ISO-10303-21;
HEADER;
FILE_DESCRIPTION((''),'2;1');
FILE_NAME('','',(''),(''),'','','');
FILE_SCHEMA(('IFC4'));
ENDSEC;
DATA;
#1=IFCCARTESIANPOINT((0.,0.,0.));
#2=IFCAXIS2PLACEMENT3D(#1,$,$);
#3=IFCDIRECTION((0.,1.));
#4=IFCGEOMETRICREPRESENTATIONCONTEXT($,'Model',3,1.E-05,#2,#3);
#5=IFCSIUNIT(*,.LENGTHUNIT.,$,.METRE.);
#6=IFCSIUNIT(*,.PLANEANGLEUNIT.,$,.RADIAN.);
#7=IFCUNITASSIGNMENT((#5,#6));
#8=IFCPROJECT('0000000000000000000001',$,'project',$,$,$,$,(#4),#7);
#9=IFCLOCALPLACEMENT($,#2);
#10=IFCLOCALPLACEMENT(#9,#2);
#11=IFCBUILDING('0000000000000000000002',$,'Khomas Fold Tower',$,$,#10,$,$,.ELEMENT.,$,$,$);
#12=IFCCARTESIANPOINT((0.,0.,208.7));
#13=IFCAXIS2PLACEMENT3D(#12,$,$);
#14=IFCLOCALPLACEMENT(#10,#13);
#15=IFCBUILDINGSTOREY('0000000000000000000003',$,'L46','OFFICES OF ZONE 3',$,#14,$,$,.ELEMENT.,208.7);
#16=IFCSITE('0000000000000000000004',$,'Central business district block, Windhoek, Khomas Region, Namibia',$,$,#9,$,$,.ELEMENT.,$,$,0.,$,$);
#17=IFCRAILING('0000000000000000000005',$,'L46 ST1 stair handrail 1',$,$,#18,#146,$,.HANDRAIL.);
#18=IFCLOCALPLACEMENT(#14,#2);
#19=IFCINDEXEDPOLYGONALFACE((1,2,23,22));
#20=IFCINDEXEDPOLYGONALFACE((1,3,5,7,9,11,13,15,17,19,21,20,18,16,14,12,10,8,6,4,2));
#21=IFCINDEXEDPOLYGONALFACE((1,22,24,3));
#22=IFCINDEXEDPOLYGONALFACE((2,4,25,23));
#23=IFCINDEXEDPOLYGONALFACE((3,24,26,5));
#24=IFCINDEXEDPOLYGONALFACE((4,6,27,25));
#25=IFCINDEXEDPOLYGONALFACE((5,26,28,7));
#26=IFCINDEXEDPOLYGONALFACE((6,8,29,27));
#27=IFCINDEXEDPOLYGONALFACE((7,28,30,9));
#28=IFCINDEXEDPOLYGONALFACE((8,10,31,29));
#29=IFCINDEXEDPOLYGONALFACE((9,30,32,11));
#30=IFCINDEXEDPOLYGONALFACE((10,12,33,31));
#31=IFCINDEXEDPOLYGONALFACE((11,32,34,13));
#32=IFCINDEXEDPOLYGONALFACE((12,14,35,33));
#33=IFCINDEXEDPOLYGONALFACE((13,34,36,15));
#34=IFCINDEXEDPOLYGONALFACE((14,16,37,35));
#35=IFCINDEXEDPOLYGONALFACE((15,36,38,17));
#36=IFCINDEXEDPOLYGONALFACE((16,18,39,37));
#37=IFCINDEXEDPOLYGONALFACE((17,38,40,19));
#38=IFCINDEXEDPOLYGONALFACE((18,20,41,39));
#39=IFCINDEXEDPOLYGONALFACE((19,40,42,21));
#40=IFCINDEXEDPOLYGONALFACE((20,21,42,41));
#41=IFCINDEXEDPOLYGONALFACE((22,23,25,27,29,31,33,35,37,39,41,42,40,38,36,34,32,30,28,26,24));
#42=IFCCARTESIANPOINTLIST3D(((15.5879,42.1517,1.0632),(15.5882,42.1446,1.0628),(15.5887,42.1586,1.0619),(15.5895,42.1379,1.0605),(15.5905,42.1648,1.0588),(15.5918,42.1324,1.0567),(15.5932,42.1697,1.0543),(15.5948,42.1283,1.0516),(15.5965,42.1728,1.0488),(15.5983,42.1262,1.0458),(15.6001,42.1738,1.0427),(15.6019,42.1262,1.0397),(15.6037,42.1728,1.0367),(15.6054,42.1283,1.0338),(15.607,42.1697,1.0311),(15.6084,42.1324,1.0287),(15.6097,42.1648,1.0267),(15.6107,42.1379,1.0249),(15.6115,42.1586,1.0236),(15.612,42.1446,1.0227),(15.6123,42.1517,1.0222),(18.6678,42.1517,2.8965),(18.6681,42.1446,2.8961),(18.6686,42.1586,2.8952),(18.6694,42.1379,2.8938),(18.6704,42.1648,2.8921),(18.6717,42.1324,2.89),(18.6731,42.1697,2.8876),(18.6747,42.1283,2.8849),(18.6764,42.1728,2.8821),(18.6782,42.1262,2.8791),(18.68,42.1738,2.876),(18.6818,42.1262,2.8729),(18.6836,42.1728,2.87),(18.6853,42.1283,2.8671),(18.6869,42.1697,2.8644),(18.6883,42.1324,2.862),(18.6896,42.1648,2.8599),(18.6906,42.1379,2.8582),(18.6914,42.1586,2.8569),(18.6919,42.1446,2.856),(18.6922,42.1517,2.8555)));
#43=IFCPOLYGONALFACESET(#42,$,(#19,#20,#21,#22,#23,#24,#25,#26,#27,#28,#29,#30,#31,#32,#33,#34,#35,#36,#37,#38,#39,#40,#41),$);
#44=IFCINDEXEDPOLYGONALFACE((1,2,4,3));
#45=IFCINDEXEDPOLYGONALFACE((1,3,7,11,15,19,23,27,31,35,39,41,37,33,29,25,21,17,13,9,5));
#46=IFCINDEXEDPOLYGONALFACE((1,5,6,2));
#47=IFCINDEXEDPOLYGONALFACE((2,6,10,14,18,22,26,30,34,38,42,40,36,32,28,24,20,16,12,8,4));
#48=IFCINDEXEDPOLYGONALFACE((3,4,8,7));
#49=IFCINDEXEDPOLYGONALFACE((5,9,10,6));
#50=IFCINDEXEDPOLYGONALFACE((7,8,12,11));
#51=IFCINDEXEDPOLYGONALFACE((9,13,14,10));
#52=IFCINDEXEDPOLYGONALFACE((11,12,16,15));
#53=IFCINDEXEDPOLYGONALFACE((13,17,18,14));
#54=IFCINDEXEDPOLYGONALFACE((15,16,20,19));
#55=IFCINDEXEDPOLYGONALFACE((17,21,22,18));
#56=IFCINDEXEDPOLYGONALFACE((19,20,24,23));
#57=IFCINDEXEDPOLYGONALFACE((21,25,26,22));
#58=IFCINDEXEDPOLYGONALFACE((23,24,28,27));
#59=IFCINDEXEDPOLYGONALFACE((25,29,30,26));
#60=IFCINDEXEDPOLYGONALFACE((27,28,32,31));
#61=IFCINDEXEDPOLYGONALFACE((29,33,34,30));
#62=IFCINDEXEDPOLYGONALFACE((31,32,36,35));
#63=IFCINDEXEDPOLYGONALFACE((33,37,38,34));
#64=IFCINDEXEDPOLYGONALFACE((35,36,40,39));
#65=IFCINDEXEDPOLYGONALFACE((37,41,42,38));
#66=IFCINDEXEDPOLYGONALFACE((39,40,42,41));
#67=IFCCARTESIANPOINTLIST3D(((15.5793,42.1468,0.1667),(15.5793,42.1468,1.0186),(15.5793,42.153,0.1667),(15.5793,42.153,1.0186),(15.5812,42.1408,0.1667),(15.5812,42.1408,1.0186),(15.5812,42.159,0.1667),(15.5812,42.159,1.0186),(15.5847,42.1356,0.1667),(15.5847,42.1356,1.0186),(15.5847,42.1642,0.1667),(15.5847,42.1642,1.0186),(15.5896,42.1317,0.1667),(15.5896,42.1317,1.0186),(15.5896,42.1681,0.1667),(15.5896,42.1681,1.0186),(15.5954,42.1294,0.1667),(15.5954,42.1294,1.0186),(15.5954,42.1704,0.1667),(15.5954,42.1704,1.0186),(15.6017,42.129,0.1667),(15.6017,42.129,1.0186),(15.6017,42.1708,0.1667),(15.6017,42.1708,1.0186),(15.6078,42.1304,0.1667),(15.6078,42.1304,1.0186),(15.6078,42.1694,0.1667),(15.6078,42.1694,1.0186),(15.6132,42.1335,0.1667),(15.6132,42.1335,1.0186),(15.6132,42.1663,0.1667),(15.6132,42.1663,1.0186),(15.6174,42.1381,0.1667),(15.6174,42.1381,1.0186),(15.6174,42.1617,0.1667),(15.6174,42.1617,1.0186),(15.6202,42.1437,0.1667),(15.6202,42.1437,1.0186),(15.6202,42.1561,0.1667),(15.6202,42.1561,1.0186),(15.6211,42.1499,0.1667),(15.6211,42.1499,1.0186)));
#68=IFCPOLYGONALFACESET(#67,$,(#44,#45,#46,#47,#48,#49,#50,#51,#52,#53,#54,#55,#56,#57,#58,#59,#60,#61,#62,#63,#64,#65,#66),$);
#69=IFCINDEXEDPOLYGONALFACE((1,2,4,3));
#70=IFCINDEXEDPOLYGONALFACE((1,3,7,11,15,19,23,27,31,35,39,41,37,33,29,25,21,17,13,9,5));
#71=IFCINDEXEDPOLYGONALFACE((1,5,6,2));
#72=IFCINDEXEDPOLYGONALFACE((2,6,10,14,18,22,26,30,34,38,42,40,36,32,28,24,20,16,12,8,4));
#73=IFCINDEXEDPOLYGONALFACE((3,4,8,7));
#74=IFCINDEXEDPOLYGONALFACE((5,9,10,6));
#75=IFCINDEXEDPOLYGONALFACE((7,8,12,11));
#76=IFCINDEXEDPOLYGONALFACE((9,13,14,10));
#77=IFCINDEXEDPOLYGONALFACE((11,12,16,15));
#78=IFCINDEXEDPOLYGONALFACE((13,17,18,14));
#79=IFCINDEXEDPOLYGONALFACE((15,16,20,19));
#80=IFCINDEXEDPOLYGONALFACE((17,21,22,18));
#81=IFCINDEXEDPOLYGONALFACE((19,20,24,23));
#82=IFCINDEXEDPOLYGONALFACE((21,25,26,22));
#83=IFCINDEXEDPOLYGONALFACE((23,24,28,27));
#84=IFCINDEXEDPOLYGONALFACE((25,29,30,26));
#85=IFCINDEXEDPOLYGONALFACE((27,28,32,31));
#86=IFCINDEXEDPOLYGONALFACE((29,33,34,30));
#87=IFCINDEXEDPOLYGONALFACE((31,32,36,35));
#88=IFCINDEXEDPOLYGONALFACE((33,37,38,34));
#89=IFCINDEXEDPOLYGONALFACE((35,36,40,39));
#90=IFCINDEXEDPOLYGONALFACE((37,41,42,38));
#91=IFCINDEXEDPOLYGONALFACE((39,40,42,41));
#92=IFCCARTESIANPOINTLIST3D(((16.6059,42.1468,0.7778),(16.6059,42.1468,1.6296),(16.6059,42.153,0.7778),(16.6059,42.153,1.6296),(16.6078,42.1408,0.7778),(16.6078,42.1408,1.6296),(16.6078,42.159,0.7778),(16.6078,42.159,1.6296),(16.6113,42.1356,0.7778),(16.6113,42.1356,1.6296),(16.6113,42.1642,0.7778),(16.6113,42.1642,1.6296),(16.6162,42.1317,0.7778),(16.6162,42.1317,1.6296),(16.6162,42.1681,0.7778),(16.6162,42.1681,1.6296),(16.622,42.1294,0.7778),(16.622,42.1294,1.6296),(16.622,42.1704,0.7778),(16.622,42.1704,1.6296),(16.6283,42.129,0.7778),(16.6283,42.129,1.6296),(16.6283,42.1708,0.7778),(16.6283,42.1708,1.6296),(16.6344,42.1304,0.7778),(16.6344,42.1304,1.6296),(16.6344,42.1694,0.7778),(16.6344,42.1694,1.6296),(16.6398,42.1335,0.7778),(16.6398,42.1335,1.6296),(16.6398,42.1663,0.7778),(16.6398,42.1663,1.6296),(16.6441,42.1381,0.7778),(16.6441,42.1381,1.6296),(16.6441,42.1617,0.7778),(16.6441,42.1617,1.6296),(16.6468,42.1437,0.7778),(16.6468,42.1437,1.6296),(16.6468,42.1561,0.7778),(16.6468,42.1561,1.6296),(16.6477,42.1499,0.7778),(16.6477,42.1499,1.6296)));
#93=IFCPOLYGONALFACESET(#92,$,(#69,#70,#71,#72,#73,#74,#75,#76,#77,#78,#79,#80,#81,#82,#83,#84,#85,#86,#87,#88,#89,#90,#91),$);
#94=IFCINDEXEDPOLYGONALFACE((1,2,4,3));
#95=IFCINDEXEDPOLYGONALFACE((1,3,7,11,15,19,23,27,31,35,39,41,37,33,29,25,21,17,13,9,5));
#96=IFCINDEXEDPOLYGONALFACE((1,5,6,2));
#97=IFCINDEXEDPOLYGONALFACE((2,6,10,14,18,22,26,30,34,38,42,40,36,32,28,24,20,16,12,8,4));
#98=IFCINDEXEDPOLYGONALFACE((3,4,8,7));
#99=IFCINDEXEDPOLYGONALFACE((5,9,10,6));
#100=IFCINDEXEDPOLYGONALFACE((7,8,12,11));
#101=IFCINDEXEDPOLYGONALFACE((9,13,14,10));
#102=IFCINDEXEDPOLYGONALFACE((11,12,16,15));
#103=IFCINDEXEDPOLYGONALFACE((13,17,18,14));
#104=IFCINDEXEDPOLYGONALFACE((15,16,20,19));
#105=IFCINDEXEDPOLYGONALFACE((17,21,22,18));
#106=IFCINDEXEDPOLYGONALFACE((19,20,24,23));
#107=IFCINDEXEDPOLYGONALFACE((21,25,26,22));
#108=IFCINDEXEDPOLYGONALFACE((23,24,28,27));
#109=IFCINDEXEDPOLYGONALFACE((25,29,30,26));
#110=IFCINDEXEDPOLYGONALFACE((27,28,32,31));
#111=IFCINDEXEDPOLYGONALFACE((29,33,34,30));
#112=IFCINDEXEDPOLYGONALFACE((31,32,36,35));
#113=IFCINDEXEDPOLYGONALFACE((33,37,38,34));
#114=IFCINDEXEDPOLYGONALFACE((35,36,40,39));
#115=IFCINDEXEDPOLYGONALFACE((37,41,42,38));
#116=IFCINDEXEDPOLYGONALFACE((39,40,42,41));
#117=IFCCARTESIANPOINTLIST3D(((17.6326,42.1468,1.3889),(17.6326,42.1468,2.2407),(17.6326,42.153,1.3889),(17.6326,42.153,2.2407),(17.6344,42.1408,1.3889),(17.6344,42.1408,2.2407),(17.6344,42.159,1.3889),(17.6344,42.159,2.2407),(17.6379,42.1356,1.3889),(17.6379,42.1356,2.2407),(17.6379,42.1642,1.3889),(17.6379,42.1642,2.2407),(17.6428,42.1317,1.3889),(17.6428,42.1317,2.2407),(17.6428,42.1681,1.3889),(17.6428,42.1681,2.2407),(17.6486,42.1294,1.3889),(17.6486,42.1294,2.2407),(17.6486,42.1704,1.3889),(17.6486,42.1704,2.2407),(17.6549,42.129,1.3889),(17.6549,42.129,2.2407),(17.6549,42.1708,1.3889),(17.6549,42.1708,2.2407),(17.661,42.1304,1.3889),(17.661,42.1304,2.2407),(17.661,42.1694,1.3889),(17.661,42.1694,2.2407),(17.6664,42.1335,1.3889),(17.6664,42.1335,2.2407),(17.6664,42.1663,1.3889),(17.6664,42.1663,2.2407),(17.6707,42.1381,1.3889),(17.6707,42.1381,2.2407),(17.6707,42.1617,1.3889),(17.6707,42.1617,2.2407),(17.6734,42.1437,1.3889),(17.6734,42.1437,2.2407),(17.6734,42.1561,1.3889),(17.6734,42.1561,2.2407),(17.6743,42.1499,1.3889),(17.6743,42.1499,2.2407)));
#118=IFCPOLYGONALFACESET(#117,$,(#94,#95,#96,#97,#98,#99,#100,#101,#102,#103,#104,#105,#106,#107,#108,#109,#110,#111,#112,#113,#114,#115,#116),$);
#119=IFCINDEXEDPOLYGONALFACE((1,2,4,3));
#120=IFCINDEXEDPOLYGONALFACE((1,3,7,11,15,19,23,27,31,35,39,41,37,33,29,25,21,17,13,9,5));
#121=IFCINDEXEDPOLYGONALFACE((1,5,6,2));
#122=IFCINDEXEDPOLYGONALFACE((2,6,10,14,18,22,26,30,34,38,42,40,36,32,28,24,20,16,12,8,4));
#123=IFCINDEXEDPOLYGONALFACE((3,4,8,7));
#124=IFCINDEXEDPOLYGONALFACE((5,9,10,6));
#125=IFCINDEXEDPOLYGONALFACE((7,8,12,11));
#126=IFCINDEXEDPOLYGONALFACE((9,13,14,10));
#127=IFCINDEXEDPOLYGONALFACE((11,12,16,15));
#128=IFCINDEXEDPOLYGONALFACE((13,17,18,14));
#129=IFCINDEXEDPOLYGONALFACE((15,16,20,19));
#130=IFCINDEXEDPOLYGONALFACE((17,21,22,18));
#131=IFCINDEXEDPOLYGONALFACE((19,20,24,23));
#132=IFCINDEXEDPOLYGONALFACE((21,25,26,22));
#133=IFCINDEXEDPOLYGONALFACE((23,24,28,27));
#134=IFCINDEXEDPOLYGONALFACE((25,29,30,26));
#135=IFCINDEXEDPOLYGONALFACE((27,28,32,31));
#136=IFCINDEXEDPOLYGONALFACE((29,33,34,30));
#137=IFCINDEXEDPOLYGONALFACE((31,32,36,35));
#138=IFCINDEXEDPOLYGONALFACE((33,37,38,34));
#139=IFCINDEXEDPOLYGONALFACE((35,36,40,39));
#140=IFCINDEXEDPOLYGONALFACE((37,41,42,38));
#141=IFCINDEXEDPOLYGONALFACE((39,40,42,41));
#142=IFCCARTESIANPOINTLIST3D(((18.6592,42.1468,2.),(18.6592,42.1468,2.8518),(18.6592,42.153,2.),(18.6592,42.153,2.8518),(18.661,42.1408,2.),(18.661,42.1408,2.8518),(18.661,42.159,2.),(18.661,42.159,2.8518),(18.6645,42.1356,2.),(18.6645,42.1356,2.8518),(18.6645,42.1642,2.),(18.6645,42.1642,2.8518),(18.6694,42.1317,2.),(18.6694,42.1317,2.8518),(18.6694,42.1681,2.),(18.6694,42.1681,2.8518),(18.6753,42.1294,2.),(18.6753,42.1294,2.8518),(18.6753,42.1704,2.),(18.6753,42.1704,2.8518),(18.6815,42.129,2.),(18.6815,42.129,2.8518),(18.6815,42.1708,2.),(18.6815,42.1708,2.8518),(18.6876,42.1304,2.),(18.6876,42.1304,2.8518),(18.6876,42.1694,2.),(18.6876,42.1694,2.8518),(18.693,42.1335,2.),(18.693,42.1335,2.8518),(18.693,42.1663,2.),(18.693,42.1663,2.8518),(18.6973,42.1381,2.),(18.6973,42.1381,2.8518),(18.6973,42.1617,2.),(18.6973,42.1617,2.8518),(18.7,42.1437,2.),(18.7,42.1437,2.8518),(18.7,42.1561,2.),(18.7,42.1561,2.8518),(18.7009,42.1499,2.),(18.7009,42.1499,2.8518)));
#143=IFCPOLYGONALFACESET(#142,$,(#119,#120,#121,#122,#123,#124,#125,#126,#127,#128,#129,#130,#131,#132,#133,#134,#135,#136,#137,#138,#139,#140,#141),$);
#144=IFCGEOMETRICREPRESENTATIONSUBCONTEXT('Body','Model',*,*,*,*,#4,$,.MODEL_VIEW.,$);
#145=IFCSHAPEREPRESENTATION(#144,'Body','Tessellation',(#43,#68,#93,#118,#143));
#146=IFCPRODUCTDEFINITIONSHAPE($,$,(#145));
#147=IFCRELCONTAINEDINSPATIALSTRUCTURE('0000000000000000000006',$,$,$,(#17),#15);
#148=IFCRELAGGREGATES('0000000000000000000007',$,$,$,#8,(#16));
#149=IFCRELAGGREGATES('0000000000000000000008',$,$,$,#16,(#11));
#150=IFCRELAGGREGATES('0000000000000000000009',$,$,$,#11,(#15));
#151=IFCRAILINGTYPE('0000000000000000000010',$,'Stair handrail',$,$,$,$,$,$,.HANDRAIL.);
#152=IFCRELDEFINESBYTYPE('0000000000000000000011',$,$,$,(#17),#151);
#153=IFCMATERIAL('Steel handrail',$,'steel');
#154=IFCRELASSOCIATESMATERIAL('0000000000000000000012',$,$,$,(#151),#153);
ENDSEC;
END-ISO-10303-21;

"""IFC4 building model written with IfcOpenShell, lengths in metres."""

from ifc_helpers import new_model, si_unit, direction, frame, origin, origin_2d, place, context, subcontext, project, spatial, circle, extrude, source, transform, mapped, material, type_object, element, save


model = new_model("IFC4")

# Units and contexts
model_context = context("Model", 3, precision=1e-05, world=origin(), true_north=direction((0.0, 1.0)))
body_context = subcontext(model_context, "Body", "Model", "MODEL_VIEW")
ifc_project = project(units=[si_unit("LENGTHUNIT", "METRE"), si_unit("PLANEANGLEUNIT", "RADIAN")], contexts=[model_context])

# Site, building, storey
site_placement = place(None, origin())
site = spatial("IfcSite", under=ifc_project, at=site_placement, Name="Central business district block, Windhoek, Khomas Region, Namibia", CompositionType="ELEMENT", RefElevation=0.0)
building_placement = place(site_placement, origin())
building = spatial("IfcBuilding", under=site, at=building_placement, Name="Khomas Fold Tower", CompositionType="ELEMENT")
storey_placement = place(building_placement, frame((0.0, 0.0, 208.7)))
storey = spatial("IfcBuildingStorey", under=building, at=storey_placement, Name="L46", Description="OFFICES OF ZONE 3", CompositionType="ELEMENT", Elevation=208.7)

# Railing
ifc_material_1 = material(Name="Steel handrail", Category="steel")
railing_type_1 = type_object("IfcRailingType", Name="Stair handrail", PredefinedType="HANDRAIL", material=ifc_material_1)
shared_shape_1 = source(origin(), body_context, "Body", "SweptSolid", [
    extrude(circle(Radius=0.0239, at=origin_2d()), frame((0.0, 0.0, 0.876), z_axis=(0.859291, 0.0, 0.511487), x_axis=(0.0, 1.0, 0.0)), (0.0, 0.0, 1.0), 3.5842),
    extrude(circle(Radius=0.021, at=origin_2d()), origin(), (0.0, 0.0, 1.0), 0.8518),
    extrude(circle(Radius=0.021, at=origin_2d()), frame((1.0266, 0.0, 0.6111)), (0.0, 0.0, 1.0), 0.8518),
    extrude(circle(Radius=0.021, at=origin_2d()), frame((2.0532, 0.0, 1.2222)), (0.0, 0.0, 1.0), 0.8518),
    extrude(circle(Radius=0.021, at=origin_2d()), frame((3.0798, 0.0, 1.8333)), (0.0, 0.0, 1.0), 0.8518),
])
railing_1_placement = place(storey_placement, frame((15.6001, 42.1499, 0.1667)))
element("IfcRailing", 1, at=railing_1_placement, inside=storey, type_object=railing_type_1, Name="L46 ST1 stair handrail 1", PredefinedType="HANDRAIL", context=body_context, shape_type="MappedRepresentation", body=[
    mapped(shared_shape_1, transform((0.0, 0.0, 0.0))),
])

save(model, "model.ifc")
